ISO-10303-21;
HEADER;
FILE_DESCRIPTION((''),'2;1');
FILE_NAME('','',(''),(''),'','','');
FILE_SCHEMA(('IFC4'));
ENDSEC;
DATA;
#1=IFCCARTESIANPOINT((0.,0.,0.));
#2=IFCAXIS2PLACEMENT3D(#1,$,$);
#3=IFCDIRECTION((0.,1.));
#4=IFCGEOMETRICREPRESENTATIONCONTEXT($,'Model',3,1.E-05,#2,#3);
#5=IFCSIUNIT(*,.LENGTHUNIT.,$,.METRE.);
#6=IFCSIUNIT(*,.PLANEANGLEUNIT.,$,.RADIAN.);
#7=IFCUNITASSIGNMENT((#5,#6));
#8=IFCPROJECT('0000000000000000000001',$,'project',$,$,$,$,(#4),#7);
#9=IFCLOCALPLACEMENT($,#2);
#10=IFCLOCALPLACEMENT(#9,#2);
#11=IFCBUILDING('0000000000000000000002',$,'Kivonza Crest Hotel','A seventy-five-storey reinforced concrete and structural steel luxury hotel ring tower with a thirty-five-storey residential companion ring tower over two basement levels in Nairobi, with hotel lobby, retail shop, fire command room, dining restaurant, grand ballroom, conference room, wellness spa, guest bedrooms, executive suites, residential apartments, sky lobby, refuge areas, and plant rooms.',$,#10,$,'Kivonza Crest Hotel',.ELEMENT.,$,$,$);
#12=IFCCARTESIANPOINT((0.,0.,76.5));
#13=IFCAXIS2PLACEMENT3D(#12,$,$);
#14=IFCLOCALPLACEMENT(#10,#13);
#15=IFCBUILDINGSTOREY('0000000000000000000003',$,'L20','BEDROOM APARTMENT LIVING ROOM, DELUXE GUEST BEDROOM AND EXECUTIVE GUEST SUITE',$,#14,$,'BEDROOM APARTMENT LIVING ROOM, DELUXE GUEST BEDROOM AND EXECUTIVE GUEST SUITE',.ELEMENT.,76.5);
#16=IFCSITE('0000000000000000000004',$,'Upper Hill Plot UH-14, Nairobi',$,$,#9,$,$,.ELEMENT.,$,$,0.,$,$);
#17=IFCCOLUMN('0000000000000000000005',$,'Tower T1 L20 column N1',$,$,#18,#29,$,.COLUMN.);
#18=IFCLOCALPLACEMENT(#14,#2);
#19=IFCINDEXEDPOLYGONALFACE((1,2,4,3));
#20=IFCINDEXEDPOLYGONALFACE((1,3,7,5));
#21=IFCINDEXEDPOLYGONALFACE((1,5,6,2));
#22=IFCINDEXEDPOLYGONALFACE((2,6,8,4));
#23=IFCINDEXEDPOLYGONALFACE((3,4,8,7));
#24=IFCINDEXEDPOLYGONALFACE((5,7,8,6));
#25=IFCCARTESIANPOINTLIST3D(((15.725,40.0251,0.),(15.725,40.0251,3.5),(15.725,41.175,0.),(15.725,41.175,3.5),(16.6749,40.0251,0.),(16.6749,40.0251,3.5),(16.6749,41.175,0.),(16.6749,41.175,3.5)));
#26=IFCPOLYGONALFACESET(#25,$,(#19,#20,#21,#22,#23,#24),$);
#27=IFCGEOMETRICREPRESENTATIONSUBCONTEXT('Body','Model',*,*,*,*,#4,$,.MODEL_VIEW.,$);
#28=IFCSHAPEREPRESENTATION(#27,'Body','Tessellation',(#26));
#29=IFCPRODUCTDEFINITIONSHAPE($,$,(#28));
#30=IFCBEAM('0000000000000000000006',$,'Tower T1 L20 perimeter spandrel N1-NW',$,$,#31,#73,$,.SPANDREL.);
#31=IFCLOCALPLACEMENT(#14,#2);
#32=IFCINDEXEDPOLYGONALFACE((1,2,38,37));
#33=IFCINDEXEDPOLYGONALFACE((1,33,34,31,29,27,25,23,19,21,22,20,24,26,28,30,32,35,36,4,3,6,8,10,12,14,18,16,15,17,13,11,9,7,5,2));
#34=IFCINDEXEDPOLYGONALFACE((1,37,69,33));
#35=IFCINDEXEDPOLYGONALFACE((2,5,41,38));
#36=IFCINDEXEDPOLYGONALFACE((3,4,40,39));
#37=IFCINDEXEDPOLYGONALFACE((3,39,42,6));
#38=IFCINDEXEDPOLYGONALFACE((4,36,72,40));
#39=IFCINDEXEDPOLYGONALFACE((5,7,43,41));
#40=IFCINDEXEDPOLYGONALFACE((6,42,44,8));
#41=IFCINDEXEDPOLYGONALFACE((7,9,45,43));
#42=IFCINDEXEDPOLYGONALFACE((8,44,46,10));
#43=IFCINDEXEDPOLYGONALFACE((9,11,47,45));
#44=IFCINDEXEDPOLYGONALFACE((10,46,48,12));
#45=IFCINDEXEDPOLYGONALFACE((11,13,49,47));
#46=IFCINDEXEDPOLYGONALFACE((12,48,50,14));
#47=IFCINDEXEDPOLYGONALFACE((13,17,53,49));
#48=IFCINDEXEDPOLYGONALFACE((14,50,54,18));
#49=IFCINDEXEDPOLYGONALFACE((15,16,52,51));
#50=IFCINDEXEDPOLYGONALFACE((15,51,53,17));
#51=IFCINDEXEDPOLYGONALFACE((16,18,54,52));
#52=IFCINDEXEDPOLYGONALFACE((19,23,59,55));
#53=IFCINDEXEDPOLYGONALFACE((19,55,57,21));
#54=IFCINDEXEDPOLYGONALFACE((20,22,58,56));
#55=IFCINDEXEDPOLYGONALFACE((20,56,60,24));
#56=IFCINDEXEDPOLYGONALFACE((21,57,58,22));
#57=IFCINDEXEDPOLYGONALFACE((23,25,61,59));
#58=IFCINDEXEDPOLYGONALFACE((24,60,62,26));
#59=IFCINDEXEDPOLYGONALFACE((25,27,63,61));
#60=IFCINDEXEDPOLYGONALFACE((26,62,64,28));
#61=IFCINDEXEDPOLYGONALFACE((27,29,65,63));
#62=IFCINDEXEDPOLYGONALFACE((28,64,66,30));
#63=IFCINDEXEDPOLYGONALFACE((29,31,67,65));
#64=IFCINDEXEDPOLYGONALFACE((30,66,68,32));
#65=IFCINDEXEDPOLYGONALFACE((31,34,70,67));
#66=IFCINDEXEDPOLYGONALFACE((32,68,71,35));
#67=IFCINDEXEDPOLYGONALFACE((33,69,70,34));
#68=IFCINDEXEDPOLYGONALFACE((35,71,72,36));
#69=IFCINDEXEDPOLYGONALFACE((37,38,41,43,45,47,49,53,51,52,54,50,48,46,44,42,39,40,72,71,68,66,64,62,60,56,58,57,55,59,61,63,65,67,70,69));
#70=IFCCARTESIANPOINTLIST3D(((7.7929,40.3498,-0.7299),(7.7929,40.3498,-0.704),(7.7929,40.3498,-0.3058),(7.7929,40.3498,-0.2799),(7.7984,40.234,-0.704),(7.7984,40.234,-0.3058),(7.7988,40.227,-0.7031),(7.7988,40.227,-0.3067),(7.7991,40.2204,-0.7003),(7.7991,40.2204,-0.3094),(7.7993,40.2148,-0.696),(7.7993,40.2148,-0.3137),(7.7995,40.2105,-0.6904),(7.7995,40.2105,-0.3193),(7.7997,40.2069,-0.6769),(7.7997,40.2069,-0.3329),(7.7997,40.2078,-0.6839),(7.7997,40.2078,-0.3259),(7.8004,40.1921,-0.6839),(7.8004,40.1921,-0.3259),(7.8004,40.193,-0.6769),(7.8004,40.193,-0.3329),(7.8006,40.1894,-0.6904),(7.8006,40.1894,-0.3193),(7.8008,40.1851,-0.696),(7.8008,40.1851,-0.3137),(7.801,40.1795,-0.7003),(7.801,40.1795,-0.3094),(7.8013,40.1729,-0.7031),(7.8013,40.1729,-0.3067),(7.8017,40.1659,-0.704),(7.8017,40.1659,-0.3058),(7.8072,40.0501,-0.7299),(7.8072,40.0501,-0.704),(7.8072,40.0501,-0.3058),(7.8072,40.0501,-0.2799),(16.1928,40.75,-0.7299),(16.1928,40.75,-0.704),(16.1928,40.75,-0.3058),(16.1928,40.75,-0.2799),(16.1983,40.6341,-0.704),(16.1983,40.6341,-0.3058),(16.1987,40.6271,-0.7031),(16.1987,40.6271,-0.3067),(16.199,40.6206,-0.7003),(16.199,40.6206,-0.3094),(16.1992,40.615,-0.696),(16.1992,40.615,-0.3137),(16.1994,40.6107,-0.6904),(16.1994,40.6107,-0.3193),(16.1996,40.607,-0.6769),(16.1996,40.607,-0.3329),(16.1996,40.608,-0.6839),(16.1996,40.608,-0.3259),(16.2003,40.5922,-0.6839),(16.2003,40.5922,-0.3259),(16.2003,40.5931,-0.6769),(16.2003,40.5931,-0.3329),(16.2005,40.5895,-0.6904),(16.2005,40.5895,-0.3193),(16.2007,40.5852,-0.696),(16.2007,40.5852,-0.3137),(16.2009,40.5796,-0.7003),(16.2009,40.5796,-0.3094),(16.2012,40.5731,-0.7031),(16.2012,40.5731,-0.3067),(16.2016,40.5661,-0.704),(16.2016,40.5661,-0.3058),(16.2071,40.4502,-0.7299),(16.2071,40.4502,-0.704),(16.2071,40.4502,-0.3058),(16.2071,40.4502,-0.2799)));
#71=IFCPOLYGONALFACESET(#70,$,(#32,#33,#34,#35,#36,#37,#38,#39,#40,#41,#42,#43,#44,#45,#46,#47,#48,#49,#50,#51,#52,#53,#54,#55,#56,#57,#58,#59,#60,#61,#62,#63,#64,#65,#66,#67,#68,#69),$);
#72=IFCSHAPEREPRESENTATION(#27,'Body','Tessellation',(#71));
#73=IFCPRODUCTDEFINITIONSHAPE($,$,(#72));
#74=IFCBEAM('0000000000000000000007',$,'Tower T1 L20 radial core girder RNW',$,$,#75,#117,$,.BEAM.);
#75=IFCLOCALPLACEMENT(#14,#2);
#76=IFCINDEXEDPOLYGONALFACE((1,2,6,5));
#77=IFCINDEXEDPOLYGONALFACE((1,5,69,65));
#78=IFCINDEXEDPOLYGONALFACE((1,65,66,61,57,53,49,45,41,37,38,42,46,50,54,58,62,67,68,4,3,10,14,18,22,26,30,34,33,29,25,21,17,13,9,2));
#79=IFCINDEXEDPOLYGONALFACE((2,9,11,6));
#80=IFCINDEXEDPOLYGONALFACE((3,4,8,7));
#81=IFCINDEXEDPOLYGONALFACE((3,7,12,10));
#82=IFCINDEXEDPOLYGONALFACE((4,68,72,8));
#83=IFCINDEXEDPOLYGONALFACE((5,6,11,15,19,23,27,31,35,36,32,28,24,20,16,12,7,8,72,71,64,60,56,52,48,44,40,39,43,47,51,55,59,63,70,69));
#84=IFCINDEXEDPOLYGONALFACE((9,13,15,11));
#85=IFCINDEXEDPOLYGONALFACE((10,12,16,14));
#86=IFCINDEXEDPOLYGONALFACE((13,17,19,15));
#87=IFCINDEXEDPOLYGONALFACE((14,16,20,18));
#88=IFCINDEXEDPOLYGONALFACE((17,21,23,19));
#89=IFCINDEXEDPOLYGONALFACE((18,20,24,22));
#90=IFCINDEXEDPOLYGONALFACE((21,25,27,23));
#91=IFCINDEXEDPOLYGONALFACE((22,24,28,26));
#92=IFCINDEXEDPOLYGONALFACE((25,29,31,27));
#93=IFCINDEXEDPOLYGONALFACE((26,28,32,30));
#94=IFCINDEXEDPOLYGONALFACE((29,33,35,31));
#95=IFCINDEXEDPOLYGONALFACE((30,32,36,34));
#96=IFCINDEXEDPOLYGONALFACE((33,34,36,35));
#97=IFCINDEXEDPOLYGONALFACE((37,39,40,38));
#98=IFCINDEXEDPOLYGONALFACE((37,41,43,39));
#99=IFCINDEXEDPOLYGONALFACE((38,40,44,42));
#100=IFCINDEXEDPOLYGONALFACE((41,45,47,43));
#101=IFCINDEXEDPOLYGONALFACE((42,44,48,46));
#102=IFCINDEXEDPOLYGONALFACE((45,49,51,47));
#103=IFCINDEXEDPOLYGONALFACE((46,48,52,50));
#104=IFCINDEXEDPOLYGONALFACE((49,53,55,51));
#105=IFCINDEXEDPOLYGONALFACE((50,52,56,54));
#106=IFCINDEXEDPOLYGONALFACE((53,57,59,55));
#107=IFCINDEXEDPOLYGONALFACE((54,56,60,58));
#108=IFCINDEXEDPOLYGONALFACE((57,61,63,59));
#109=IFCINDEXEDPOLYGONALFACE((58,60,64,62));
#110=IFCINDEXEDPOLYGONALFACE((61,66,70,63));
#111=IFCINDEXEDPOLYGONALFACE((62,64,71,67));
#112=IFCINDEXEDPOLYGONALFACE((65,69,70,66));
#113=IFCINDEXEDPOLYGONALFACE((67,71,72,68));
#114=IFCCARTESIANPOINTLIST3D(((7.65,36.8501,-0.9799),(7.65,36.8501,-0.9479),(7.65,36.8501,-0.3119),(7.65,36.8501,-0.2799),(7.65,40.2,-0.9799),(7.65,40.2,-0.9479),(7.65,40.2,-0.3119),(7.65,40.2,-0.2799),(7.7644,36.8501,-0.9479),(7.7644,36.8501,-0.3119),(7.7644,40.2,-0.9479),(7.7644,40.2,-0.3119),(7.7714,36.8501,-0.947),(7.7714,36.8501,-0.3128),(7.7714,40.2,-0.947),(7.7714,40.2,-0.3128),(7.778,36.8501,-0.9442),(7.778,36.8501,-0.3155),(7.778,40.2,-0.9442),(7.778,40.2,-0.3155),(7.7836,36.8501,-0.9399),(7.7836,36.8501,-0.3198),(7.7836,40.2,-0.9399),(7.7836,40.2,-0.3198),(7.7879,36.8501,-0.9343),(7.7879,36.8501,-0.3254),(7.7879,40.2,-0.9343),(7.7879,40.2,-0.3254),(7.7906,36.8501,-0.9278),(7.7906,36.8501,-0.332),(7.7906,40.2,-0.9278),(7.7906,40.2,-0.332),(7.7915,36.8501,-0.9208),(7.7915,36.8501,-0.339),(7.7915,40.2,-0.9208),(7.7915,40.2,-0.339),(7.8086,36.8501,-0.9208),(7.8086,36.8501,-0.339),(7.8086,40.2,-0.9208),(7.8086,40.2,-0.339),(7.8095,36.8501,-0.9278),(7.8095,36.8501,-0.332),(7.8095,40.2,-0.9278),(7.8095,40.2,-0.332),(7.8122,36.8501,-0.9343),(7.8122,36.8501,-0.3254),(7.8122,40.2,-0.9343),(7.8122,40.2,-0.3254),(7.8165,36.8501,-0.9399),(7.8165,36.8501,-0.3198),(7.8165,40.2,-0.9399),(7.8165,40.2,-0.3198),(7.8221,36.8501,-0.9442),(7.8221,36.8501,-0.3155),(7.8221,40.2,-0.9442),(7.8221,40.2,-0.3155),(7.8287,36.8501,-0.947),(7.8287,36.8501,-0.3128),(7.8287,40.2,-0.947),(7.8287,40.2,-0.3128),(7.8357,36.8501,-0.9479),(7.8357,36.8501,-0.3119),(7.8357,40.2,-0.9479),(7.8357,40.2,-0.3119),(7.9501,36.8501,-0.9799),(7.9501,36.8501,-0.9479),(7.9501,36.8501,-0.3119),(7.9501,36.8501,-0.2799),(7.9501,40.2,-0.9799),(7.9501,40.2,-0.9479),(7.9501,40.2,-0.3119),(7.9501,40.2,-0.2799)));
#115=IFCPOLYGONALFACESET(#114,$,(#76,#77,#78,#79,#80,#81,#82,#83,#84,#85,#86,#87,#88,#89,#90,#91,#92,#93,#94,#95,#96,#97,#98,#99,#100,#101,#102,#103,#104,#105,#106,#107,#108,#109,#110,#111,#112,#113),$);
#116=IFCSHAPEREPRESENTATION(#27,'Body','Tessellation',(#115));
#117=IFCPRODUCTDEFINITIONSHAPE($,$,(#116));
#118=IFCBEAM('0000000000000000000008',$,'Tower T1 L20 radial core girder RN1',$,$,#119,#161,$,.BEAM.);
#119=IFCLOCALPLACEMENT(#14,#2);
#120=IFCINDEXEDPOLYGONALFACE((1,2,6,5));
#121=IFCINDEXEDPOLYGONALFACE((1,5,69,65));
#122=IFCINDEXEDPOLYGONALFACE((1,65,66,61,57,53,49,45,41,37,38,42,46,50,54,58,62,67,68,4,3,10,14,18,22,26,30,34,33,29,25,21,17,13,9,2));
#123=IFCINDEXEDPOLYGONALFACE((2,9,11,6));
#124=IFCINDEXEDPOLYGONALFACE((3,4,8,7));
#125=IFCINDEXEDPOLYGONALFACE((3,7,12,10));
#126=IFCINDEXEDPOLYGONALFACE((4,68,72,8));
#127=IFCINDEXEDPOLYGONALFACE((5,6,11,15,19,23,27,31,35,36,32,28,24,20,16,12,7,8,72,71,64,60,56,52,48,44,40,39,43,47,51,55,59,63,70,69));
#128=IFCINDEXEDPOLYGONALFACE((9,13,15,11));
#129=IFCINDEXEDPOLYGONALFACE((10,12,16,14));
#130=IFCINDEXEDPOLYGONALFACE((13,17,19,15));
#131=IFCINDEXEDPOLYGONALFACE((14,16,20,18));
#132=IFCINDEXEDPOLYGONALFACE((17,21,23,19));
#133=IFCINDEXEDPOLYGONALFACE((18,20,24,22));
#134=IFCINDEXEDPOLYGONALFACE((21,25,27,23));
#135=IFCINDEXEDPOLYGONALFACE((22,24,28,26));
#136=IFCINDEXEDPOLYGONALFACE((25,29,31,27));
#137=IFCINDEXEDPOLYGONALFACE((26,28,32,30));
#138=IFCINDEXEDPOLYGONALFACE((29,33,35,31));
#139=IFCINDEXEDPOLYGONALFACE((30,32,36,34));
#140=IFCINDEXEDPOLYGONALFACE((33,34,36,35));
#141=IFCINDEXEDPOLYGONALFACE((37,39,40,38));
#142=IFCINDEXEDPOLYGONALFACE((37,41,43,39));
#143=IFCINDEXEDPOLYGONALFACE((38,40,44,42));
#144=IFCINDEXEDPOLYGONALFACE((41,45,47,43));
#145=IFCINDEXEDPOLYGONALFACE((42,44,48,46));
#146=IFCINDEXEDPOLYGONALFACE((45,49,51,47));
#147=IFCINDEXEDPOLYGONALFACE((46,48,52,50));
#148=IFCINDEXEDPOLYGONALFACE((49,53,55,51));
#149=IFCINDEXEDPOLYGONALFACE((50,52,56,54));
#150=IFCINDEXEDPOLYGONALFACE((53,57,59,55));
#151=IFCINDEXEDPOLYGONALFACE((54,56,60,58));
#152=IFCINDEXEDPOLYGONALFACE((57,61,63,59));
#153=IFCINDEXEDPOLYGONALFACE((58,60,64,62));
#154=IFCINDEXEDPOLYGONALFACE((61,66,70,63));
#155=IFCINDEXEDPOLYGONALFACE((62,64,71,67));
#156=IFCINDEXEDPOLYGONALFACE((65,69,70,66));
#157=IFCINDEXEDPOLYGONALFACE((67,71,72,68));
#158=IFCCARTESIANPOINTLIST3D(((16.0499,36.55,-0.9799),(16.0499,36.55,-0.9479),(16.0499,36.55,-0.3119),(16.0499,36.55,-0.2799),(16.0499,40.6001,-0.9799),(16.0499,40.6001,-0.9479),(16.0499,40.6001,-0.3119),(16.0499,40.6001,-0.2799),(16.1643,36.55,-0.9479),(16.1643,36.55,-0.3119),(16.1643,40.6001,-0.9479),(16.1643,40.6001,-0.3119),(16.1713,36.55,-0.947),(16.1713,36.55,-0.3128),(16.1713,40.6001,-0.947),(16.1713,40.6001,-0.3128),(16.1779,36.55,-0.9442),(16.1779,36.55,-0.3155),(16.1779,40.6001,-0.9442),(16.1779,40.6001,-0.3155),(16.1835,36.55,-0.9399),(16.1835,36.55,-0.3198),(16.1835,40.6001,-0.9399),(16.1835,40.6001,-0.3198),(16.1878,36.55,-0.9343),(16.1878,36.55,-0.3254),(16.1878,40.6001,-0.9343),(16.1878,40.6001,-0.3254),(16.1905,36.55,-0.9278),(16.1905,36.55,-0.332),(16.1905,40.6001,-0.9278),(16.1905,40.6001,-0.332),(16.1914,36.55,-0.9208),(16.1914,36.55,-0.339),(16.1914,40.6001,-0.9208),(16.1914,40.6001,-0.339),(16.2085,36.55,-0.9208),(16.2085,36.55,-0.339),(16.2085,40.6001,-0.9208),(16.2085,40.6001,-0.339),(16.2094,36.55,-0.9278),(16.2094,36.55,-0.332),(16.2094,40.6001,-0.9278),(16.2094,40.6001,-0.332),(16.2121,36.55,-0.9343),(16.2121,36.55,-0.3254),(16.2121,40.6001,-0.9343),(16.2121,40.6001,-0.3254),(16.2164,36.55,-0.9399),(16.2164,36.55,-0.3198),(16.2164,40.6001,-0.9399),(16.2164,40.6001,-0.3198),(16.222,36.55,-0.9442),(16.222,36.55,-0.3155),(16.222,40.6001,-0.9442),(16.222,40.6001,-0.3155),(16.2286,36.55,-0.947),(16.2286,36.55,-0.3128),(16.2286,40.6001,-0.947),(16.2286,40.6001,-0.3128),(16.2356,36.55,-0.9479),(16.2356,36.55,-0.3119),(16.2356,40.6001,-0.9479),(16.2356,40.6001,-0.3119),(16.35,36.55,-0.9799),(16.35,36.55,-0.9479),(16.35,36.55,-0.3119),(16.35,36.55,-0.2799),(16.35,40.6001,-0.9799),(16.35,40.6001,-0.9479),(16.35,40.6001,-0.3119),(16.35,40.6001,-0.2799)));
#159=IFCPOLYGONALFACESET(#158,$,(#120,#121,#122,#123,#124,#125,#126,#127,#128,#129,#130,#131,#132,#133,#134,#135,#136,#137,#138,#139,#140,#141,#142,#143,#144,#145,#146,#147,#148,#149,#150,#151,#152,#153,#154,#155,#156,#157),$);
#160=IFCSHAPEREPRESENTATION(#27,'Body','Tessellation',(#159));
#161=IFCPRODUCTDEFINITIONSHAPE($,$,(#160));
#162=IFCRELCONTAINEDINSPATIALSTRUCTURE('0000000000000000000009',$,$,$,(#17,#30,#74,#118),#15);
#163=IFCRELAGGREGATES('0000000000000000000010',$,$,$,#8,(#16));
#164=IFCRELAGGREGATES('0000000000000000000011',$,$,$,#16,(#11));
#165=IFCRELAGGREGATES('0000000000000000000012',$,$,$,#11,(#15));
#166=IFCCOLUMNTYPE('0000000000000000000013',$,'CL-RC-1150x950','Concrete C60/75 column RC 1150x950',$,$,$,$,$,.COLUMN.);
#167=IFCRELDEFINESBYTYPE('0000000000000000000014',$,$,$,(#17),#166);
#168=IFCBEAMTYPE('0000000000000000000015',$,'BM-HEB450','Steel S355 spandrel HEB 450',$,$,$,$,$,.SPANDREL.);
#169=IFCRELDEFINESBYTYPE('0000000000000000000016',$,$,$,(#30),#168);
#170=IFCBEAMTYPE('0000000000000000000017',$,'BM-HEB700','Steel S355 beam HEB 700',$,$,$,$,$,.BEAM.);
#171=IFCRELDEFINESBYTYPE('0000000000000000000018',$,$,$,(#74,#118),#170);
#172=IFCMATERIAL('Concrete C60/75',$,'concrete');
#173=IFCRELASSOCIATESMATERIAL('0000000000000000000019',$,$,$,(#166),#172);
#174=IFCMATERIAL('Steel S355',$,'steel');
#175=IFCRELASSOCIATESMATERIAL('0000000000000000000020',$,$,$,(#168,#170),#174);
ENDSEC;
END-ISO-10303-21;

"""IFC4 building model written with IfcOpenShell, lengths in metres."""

from ifc_helpers import new_model, si_unit, direction, frame, origin, origin_2d, place, context, subcontext, project, spatial, rectangle, i_section, extrude, material, material_profile, profile_set, type_object, element, save


model = new_model("IFC4")

# Units and contexts
model_context = context("Model", 3, precision=1e-05, world=origin(), true_north=direction((0.0, 1.0)))
body_context = subcontext(model_context, "Body", "Model", "MODEL_VIEW")
ifc_project = project(units=[si_unit("LENGTHUNIT", "METRE"), si_unit("PLANEANGLEUNIT", "RADIAN")], contexts=[model_context])

# Site, building, storey
site_placement = place(None, origin())
site = spatial("IfcSite", under=ifc_project, at=site_placement, Name="Upper Hill Plot UH-14, Nairobi", CompositionType="ELEMENT", RefElevation=0.0)
building_placement = place(site_placement, origin())
building = spatial("IfcBuilding", under=site, at=building_placement, Name="Kivonza Crest Hotel", Description="A seventy-five-storey reinforced concrete and structural steel luxury hotel ring tower with a thirty-five-storey residential companion ring tower over two basement levels in Nairobi, with hotel lobby, retail shop, fire command room, dining restaurant, grand ballroom, conference room, wellness spa, guest bedrooms, executive suites, residential apartments, sky lobby, refuge areas, and plant rooms.", LongName="Kivonza Crest Hotel", CompositionType="ELEMENT")
storey_placement = place(building_placement, frame((0.0, 0.0, 76.5)))
storey = spatial("IfcBuildingStorey", under=building, at=storey_placement, Name="L20", Description="BEDROOM APARTMENT LIVING ROOM, DELUXE GUEST BEDROOM AND EXECUTIVE GUEST SUITE", LongName="BEDROOM APARTMENT LIVING ROOM, DELUXE GUEST BEDROOM AND EXECUTIVE GUEST SUITE", CompositionType="ELEMENT", Elevation=76.5)

# Column
ifc_material_1 = material(Name="Concrete C60/75", Category="concrete")
ifc_material_profile_1 = material_profile(ifc_material_1, rectangle(XDim=0.95, YDim=1.1499, at=origin_2d()), Name="RC 1150x950")
ifc_profile_set_1 = profile_set([ifc_material_profile_1], Name="Concrete C60/75")
column_type = type_object("IfcColumnType", Name="CL-RC-1150x950", Description="Concrete C60/75 column RC 1150x950", PredefinedType="COLUMN", material=ifc_profile_set_1)
column_placement = place(storey_placement, frame((16.2, 40.6001, 0.0), z_axis=(0.0, 0.0, 1.0), x_axis=(1.0, 0.0, 0.0)))
element("IfcColumn", 1, at=column_placement, inside=storey, type_object=column_type, Name="Tower T1 L20 column N1", PredefinedType="COLUMN", context=body_context, shape_type="SweptSolid", body=[
    extrude(rectangle(XDim=0.95, YDim=1.1499, at=origin_2d()), origin(), (0.0, 0.0, 1.0), 3.5),
])

# Beams
ifc_material_2 = material(Name="Steel S355", Category="steel")
ifc_material_profile_2 = material_profile(ifc_material_2, i_section(OverallWidth=0.3, OverallDepth=0.45, WebThickness=0.0139, FlangeThickness=0.0259, FilletRadius=0.0271, at=origin_2d()), Name="HEB 450")
ifc_profile_set_2 = profile_set([ifc_material_profile_2], Name="Steel S355")
beam_type_1 = type_object("IfcBeamType", Name="BM-HEB450", Description="Steel S355 spandrel HEB 450", PredefinedType="SPANDREL", material=ifc_profile_set_2)
beam_1_placement = place(storey_placement, frame((16.2, 40.6001, -0.5049), z_axis=(-0.998867, -0.047583, 0.0), x_axis=(0.047583, -0.998867, 0.0)))
element("IfcBeam", 2, at=beam_1_placement, inside=storey, type_object=beam_type_1, Name="Tower T1 L20 perimeter spandrel N1-NW", PredefinedType="SPANDREL", context=body_context, shape_type="SweptSolid", body=[
    extrude(i_section(OverallWidth=0.3, OverallDepth=0.45, WebThickness=0.0139, FlangeThickness=0.0259, FilletRadius=0.0271, at=origin_2d()), origin(), (0.0, 0.0, 1.0), 8.4094),
])
ifc_material_profile_3 = material_profile(ifc_material_2, i_section(OverallWidth=0.3, OverallDepth=0.7, WebThickness=0.0171, FlangeThickness=0.032, FilletRadius=0.0271, at=origin_2d()), Name="HEB 700")
ifc_profile_set_3 = profile_set([ifc_material_profile_3], Name="Steel S355")
beam_type_2 = type_object("IfcBeamType", Name="BM-HEB700", Description="Steel S355 beam HEB 700", PredefinedType="BEAM", material=ifc_profile_set_3)
beam_2_placement = place(storey_placement, frame((7.8, 40.2, -0.6299), z_axis=(0.0, -1.0, 0.0), x_axis=(1.0, 0.0, 0.0)))
element("IfcBeam", 3, at=beam_2_placement, inside=storey, type_object=beam_type_2, Name="Tower T1 L20 radial core girder RNW", PredefinedType="BEAM", context=body_context, shape_type="SweptSolid", body=[
    extrude(i_section(OverallWidth=0.3, OverallDepth=0.7, WebThickness=0.0171, FlangeThickness=0.032, FilletRadius=0.0271, at=origin_2d()), origin(), (0.0, 0.0, 1.0), 3.3499),
])
beam_3_placement = place(storey_placement, frame((16.2, 40.6001, -0.6299), z_axis=(0.0, -1.0, 0.0), x_axis=(1.0, 0.0, 0.0)))
element("IfcBeam", 4, at=beam_3_placement, inside=storey, type_object=beam_type_2, Name="Tower T1 L20 radial core girder RN1", PredefinedType="BEAM", context=body_context, shape_type="SweptSolid", body=[
    extrude(i_section(OverallWidth=0.3, OverallDepth=0.7, WebThickness=0.0171, FlangeThickness=0.032, FilletRadius=0.0271, at=origin_2d()), origin(), (0.0, 0.0, 1.0), 4.05),
])

save(model, "model.ifc")
